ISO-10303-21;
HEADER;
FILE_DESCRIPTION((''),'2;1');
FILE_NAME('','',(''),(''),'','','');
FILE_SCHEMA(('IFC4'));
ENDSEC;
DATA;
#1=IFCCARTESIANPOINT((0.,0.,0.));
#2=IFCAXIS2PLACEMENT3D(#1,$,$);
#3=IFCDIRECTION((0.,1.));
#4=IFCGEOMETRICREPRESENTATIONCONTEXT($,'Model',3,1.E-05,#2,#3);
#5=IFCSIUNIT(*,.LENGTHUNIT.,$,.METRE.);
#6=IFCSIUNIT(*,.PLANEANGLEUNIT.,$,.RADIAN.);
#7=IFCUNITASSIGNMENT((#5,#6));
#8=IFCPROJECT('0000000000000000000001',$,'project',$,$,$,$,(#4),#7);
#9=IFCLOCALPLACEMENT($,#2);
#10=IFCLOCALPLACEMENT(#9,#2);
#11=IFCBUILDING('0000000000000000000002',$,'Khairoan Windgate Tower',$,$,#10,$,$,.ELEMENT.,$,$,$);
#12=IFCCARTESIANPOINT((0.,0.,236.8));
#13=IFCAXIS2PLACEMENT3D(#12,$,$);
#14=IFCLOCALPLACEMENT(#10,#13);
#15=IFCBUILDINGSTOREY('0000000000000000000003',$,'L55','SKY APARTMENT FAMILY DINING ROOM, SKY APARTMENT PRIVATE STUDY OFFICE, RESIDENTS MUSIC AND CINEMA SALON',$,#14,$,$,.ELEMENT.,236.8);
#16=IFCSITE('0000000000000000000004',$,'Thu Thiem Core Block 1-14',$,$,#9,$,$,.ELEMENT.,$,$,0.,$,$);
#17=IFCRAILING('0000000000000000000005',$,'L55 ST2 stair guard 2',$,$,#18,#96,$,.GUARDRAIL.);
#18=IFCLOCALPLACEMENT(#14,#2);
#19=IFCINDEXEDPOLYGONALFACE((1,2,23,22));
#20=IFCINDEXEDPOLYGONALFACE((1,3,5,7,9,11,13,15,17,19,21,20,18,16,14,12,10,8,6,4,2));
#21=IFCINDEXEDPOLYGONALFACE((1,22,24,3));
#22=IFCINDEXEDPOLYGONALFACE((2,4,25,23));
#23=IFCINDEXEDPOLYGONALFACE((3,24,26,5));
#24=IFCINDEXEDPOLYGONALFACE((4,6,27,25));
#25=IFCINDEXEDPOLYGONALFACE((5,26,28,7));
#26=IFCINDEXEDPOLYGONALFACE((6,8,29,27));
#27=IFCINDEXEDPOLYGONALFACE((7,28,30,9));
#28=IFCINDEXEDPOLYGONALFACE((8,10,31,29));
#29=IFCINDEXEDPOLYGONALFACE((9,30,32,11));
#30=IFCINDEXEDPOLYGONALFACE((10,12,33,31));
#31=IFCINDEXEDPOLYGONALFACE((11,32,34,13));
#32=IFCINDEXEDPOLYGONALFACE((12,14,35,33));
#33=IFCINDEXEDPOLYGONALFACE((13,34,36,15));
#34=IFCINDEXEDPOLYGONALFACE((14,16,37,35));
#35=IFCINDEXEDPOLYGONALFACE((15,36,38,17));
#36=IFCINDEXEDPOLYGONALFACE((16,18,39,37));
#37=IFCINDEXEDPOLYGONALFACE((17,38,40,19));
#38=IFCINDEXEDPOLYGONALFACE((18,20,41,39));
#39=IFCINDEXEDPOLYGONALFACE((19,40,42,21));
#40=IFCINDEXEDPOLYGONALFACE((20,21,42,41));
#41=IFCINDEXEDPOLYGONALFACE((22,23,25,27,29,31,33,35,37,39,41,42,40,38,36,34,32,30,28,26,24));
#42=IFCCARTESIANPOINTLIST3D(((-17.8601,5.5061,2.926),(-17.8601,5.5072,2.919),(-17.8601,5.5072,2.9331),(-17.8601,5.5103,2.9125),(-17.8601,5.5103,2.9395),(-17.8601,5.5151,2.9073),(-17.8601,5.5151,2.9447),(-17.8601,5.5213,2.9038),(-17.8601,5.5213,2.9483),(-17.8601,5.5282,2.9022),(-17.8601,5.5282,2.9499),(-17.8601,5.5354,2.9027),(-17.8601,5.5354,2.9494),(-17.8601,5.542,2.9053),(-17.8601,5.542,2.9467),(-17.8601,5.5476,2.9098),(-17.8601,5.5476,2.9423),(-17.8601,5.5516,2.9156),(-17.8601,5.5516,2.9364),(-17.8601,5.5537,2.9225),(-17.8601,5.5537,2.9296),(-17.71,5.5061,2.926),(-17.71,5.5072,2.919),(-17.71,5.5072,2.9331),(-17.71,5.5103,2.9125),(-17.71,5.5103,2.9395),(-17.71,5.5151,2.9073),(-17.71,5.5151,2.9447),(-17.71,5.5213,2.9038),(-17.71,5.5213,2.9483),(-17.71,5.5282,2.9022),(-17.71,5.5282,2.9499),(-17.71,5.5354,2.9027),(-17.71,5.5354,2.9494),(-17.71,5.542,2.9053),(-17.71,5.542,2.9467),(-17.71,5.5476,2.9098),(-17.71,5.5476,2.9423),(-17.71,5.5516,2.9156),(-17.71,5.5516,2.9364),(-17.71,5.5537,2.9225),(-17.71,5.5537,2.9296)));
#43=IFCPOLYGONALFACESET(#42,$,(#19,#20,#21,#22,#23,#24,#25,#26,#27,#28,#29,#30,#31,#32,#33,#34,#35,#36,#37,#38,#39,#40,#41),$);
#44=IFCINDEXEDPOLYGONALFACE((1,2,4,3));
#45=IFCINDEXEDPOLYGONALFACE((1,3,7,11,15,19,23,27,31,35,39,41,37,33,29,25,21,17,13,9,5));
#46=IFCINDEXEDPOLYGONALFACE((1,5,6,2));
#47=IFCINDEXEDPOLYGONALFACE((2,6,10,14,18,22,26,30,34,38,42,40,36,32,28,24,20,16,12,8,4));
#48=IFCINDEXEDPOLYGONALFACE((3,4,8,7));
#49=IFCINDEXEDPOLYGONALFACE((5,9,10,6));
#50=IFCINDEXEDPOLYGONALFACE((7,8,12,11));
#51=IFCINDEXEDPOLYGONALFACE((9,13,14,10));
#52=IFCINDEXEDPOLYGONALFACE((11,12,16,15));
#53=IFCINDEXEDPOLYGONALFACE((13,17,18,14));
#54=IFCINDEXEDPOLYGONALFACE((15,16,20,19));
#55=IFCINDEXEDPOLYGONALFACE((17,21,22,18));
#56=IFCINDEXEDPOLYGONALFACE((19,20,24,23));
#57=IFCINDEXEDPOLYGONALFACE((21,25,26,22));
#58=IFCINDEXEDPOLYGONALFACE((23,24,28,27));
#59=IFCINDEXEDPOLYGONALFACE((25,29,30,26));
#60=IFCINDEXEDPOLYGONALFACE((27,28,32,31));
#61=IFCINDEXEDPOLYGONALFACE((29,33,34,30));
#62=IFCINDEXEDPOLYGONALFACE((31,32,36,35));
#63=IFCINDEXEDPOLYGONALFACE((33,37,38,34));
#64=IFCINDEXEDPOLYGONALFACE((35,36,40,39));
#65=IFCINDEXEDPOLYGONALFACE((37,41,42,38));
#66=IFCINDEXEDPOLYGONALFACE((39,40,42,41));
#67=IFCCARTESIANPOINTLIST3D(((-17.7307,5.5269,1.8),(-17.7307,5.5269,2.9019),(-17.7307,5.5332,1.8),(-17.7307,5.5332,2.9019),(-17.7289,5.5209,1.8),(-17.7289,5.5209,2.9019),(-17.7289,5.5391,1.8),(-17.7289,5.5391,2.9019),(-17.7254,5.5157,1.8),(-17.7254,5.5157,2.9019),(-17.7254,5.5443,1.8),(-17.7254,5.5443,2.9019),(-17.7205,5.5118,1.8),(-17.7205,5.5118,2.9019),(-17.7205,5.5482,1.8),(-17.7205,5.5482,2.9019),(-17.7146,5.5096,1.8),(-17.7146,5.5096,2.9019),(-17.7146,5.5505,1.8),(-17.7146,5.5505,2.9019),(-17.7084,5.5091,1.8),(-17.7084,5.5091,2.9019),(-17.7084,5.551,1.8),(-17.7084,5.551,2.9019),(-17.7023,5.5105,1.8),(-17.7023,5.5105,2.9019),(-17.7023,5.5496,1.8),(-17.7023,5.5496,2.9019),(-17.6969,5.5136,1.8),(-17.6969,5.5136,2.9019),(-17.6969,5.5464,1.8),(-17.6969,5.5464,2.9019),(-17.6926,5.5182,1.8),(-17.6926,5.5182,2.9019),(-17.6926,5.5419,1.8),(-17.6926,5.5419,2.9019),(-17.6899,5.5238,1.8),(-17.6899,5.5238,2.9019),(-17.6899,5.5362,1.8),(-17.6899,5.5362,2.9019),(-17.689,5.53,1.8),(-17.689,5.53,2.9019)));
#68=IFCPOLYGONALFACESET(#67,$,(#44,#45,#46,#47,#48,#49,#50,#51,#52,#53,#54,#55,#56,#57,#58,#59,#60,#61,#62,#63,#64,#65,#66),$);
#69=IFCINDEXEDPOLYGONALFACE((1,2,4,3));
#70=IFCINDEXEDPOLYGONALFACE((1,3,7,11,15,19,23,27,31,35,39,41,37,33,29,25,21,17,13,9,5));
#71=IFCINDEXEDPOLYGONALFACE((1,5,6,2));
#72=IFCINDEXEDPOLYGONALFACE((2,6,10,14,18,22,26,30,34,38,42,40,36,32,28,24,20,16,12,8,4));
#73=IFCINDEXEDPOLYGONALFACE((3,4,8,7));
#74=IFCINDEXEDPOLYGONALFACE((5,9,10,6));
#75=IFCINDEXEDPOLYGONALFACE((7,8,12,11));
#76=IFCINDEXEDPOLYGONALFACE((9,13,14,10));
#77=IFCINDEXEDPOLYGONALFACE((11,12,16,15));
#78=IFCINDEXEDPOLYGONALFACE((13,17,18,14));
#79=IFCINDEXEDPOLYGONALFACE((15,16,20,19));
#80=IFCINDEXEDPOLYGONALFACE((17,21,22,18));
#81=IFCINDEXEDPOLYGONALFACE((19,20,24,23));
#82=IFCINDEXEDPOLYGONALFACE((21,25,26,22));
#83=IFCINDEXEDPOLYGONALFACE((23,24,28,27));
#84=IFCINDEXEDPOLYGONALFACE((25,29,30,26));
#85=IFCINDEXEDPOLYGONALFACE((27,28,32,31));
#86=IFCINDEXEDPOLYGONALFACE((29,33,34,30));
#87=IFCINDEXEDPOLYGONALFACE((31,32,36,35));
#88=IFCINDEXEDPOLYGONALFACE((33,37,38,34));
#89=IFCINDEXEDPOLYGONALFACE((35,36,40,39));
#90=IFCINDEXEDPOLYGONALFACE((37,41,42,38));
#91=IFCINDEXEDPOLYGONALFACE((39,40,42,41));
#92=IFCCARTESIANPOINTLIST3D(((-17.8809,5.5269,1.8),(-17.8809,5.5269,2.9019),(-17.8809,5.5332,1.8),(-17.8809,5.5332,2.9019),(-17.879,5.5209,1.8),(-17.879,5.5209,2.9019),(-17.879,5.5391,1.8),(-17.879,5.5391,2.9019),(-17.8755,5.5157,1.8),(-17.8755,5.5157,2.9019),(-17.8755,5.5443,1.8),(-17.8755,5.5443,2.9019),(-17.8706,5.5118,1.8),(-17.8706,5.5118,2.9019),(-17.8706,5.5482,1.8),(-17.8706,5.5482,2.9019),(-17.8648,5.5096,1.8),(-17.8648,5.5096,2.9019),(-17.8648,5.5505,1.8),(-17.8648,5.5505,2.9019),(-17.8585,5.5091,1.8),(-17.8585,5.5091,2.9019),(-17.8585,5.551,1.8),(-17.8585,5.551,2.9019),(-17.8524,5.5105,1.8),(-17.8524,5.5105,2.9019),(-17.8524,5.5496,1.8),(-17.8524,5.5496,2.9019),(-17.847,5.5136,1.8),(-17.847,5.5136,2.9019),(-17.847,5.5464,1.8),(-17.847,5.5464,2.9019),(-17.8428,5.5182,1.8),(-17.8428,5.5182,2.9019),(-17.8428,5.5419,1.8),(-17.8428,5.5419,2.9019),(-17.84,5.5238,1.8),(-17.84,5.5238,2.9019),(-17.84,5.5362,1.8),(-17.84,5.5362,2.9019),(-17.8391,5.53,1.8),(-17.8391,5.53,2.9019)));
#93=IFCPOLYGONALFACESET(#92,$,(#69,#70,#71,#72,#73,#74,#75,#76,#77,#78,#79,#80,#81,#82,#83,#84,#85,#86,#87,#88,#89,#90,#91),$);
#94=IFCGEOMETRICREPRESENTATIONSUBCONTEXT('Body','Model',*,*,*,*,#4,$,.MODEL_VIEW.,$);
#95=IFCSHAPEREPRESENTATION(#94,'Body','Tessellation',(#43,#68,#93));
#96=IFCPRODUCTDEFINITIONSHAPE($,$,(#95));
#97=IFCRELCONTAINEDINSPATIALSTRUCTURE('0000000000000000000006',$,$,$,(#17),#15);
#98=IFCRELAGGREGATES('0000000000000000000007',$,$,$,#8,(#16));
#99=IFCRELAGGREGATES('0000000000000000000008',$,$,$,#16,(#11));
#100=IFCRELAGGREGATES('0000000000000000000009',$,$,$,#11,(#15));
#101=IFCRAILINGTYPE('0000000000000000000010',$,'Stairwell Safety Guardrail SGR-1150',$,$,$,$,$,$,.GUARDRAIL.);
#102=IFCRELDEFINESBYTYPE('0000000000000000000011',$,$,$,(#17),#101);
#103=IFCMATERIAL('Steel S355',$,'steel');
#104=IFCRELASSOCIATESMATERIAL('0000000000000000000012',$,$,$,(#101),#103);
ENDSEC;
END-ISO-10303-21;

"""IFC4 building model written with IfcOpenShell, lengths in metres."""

from ifc_helpers import new_model, si_unit, direction, frame, origin, origin_2d, place, context, subcontext, project, spatial, circle, extrude, material, type_object, element, save


model = new_model("IFC4")

# Units and contexts
model_context = context("Model", 3, precision=1e-05, world=origin(), true_north=direction((0.0, 1.0)))
body_context = subcontext(model_context, "Body", "Model", "MODEL_VIEW")
ifc_project = project(units=[si_unit("LENGTHUNIT", "METRE"), si_unit("PLANEANGLEUNIT", "RADIAN")], contexts=[model_context])

# Site, building, storey
site_placement = place(None, origin())
site = spatial("IfcSite", under=ifc_project, at=site_placement, Name="Thu Thiem Core Block 1-14", CompositionType="ELEMENT", RefElevation=0.0)
building_placement = place(site_placement, origin())
building = spatial("IfcBuilding", under=site, at=building_placement, Name="Khairoan Windgate Tower", CompositionType="ELEMENT")
storey_placement = place(building_placement, frame((0.0, 0.0, 236.8)))
storey = spatial("IfcBuildingStorey", under=building, at=storey_placement, Name="L55", Description="SKY APARTMENT FAMILY DINING ROOM, SKY APARTMENT PRIVATE STUDY OFFICE, RESIDENTS MUSIC AND CINEMA SALON", CompositionType="ELEMENT", Elevation=236.8)

# Railing
ifc_material_1 = material(Name="Steel S355", Category="steel")
railing_type_1 = type_object("IfcRailingType", Name="Stairwell Safety Guardrail SGR-1150", PredefinedType="GUARDRAIL", material=ifc_material_1)
railing_1_placement = place(storey_placement, frame((-17.71, 5.53, 1.8)))
element("IfcRailing", 1, at=railing_1_placement, inside=storey, type_object=railing_type_1, Name="L55 ST2 stair guard 2", PredefinedType="GUARDRAIL", context=body_context, shape_type="SweptSolid", body=[
    extrude(circle(Radius=0.0239, at=origin_2d()), frame((0.0, 0.0, 1.126), z_axis=(-1.0, 0.0, 0.0), x_axis=(0.0, -1.0, 0.0)), (0.0, 0.0, 1.0), 0.1501),
    extrude(circle(Radius=0.021, at=origin_2d()), origin(), (0.0, 0.0, 1.0), 1.1018),
    extrude(circle(Radius=0.021, at=origin_2d()), frame((-0.1501, 0.0, 0.0)), (0.0, 0.0, 1.0), 1.1018),
])

save(model, "model.ifc")
